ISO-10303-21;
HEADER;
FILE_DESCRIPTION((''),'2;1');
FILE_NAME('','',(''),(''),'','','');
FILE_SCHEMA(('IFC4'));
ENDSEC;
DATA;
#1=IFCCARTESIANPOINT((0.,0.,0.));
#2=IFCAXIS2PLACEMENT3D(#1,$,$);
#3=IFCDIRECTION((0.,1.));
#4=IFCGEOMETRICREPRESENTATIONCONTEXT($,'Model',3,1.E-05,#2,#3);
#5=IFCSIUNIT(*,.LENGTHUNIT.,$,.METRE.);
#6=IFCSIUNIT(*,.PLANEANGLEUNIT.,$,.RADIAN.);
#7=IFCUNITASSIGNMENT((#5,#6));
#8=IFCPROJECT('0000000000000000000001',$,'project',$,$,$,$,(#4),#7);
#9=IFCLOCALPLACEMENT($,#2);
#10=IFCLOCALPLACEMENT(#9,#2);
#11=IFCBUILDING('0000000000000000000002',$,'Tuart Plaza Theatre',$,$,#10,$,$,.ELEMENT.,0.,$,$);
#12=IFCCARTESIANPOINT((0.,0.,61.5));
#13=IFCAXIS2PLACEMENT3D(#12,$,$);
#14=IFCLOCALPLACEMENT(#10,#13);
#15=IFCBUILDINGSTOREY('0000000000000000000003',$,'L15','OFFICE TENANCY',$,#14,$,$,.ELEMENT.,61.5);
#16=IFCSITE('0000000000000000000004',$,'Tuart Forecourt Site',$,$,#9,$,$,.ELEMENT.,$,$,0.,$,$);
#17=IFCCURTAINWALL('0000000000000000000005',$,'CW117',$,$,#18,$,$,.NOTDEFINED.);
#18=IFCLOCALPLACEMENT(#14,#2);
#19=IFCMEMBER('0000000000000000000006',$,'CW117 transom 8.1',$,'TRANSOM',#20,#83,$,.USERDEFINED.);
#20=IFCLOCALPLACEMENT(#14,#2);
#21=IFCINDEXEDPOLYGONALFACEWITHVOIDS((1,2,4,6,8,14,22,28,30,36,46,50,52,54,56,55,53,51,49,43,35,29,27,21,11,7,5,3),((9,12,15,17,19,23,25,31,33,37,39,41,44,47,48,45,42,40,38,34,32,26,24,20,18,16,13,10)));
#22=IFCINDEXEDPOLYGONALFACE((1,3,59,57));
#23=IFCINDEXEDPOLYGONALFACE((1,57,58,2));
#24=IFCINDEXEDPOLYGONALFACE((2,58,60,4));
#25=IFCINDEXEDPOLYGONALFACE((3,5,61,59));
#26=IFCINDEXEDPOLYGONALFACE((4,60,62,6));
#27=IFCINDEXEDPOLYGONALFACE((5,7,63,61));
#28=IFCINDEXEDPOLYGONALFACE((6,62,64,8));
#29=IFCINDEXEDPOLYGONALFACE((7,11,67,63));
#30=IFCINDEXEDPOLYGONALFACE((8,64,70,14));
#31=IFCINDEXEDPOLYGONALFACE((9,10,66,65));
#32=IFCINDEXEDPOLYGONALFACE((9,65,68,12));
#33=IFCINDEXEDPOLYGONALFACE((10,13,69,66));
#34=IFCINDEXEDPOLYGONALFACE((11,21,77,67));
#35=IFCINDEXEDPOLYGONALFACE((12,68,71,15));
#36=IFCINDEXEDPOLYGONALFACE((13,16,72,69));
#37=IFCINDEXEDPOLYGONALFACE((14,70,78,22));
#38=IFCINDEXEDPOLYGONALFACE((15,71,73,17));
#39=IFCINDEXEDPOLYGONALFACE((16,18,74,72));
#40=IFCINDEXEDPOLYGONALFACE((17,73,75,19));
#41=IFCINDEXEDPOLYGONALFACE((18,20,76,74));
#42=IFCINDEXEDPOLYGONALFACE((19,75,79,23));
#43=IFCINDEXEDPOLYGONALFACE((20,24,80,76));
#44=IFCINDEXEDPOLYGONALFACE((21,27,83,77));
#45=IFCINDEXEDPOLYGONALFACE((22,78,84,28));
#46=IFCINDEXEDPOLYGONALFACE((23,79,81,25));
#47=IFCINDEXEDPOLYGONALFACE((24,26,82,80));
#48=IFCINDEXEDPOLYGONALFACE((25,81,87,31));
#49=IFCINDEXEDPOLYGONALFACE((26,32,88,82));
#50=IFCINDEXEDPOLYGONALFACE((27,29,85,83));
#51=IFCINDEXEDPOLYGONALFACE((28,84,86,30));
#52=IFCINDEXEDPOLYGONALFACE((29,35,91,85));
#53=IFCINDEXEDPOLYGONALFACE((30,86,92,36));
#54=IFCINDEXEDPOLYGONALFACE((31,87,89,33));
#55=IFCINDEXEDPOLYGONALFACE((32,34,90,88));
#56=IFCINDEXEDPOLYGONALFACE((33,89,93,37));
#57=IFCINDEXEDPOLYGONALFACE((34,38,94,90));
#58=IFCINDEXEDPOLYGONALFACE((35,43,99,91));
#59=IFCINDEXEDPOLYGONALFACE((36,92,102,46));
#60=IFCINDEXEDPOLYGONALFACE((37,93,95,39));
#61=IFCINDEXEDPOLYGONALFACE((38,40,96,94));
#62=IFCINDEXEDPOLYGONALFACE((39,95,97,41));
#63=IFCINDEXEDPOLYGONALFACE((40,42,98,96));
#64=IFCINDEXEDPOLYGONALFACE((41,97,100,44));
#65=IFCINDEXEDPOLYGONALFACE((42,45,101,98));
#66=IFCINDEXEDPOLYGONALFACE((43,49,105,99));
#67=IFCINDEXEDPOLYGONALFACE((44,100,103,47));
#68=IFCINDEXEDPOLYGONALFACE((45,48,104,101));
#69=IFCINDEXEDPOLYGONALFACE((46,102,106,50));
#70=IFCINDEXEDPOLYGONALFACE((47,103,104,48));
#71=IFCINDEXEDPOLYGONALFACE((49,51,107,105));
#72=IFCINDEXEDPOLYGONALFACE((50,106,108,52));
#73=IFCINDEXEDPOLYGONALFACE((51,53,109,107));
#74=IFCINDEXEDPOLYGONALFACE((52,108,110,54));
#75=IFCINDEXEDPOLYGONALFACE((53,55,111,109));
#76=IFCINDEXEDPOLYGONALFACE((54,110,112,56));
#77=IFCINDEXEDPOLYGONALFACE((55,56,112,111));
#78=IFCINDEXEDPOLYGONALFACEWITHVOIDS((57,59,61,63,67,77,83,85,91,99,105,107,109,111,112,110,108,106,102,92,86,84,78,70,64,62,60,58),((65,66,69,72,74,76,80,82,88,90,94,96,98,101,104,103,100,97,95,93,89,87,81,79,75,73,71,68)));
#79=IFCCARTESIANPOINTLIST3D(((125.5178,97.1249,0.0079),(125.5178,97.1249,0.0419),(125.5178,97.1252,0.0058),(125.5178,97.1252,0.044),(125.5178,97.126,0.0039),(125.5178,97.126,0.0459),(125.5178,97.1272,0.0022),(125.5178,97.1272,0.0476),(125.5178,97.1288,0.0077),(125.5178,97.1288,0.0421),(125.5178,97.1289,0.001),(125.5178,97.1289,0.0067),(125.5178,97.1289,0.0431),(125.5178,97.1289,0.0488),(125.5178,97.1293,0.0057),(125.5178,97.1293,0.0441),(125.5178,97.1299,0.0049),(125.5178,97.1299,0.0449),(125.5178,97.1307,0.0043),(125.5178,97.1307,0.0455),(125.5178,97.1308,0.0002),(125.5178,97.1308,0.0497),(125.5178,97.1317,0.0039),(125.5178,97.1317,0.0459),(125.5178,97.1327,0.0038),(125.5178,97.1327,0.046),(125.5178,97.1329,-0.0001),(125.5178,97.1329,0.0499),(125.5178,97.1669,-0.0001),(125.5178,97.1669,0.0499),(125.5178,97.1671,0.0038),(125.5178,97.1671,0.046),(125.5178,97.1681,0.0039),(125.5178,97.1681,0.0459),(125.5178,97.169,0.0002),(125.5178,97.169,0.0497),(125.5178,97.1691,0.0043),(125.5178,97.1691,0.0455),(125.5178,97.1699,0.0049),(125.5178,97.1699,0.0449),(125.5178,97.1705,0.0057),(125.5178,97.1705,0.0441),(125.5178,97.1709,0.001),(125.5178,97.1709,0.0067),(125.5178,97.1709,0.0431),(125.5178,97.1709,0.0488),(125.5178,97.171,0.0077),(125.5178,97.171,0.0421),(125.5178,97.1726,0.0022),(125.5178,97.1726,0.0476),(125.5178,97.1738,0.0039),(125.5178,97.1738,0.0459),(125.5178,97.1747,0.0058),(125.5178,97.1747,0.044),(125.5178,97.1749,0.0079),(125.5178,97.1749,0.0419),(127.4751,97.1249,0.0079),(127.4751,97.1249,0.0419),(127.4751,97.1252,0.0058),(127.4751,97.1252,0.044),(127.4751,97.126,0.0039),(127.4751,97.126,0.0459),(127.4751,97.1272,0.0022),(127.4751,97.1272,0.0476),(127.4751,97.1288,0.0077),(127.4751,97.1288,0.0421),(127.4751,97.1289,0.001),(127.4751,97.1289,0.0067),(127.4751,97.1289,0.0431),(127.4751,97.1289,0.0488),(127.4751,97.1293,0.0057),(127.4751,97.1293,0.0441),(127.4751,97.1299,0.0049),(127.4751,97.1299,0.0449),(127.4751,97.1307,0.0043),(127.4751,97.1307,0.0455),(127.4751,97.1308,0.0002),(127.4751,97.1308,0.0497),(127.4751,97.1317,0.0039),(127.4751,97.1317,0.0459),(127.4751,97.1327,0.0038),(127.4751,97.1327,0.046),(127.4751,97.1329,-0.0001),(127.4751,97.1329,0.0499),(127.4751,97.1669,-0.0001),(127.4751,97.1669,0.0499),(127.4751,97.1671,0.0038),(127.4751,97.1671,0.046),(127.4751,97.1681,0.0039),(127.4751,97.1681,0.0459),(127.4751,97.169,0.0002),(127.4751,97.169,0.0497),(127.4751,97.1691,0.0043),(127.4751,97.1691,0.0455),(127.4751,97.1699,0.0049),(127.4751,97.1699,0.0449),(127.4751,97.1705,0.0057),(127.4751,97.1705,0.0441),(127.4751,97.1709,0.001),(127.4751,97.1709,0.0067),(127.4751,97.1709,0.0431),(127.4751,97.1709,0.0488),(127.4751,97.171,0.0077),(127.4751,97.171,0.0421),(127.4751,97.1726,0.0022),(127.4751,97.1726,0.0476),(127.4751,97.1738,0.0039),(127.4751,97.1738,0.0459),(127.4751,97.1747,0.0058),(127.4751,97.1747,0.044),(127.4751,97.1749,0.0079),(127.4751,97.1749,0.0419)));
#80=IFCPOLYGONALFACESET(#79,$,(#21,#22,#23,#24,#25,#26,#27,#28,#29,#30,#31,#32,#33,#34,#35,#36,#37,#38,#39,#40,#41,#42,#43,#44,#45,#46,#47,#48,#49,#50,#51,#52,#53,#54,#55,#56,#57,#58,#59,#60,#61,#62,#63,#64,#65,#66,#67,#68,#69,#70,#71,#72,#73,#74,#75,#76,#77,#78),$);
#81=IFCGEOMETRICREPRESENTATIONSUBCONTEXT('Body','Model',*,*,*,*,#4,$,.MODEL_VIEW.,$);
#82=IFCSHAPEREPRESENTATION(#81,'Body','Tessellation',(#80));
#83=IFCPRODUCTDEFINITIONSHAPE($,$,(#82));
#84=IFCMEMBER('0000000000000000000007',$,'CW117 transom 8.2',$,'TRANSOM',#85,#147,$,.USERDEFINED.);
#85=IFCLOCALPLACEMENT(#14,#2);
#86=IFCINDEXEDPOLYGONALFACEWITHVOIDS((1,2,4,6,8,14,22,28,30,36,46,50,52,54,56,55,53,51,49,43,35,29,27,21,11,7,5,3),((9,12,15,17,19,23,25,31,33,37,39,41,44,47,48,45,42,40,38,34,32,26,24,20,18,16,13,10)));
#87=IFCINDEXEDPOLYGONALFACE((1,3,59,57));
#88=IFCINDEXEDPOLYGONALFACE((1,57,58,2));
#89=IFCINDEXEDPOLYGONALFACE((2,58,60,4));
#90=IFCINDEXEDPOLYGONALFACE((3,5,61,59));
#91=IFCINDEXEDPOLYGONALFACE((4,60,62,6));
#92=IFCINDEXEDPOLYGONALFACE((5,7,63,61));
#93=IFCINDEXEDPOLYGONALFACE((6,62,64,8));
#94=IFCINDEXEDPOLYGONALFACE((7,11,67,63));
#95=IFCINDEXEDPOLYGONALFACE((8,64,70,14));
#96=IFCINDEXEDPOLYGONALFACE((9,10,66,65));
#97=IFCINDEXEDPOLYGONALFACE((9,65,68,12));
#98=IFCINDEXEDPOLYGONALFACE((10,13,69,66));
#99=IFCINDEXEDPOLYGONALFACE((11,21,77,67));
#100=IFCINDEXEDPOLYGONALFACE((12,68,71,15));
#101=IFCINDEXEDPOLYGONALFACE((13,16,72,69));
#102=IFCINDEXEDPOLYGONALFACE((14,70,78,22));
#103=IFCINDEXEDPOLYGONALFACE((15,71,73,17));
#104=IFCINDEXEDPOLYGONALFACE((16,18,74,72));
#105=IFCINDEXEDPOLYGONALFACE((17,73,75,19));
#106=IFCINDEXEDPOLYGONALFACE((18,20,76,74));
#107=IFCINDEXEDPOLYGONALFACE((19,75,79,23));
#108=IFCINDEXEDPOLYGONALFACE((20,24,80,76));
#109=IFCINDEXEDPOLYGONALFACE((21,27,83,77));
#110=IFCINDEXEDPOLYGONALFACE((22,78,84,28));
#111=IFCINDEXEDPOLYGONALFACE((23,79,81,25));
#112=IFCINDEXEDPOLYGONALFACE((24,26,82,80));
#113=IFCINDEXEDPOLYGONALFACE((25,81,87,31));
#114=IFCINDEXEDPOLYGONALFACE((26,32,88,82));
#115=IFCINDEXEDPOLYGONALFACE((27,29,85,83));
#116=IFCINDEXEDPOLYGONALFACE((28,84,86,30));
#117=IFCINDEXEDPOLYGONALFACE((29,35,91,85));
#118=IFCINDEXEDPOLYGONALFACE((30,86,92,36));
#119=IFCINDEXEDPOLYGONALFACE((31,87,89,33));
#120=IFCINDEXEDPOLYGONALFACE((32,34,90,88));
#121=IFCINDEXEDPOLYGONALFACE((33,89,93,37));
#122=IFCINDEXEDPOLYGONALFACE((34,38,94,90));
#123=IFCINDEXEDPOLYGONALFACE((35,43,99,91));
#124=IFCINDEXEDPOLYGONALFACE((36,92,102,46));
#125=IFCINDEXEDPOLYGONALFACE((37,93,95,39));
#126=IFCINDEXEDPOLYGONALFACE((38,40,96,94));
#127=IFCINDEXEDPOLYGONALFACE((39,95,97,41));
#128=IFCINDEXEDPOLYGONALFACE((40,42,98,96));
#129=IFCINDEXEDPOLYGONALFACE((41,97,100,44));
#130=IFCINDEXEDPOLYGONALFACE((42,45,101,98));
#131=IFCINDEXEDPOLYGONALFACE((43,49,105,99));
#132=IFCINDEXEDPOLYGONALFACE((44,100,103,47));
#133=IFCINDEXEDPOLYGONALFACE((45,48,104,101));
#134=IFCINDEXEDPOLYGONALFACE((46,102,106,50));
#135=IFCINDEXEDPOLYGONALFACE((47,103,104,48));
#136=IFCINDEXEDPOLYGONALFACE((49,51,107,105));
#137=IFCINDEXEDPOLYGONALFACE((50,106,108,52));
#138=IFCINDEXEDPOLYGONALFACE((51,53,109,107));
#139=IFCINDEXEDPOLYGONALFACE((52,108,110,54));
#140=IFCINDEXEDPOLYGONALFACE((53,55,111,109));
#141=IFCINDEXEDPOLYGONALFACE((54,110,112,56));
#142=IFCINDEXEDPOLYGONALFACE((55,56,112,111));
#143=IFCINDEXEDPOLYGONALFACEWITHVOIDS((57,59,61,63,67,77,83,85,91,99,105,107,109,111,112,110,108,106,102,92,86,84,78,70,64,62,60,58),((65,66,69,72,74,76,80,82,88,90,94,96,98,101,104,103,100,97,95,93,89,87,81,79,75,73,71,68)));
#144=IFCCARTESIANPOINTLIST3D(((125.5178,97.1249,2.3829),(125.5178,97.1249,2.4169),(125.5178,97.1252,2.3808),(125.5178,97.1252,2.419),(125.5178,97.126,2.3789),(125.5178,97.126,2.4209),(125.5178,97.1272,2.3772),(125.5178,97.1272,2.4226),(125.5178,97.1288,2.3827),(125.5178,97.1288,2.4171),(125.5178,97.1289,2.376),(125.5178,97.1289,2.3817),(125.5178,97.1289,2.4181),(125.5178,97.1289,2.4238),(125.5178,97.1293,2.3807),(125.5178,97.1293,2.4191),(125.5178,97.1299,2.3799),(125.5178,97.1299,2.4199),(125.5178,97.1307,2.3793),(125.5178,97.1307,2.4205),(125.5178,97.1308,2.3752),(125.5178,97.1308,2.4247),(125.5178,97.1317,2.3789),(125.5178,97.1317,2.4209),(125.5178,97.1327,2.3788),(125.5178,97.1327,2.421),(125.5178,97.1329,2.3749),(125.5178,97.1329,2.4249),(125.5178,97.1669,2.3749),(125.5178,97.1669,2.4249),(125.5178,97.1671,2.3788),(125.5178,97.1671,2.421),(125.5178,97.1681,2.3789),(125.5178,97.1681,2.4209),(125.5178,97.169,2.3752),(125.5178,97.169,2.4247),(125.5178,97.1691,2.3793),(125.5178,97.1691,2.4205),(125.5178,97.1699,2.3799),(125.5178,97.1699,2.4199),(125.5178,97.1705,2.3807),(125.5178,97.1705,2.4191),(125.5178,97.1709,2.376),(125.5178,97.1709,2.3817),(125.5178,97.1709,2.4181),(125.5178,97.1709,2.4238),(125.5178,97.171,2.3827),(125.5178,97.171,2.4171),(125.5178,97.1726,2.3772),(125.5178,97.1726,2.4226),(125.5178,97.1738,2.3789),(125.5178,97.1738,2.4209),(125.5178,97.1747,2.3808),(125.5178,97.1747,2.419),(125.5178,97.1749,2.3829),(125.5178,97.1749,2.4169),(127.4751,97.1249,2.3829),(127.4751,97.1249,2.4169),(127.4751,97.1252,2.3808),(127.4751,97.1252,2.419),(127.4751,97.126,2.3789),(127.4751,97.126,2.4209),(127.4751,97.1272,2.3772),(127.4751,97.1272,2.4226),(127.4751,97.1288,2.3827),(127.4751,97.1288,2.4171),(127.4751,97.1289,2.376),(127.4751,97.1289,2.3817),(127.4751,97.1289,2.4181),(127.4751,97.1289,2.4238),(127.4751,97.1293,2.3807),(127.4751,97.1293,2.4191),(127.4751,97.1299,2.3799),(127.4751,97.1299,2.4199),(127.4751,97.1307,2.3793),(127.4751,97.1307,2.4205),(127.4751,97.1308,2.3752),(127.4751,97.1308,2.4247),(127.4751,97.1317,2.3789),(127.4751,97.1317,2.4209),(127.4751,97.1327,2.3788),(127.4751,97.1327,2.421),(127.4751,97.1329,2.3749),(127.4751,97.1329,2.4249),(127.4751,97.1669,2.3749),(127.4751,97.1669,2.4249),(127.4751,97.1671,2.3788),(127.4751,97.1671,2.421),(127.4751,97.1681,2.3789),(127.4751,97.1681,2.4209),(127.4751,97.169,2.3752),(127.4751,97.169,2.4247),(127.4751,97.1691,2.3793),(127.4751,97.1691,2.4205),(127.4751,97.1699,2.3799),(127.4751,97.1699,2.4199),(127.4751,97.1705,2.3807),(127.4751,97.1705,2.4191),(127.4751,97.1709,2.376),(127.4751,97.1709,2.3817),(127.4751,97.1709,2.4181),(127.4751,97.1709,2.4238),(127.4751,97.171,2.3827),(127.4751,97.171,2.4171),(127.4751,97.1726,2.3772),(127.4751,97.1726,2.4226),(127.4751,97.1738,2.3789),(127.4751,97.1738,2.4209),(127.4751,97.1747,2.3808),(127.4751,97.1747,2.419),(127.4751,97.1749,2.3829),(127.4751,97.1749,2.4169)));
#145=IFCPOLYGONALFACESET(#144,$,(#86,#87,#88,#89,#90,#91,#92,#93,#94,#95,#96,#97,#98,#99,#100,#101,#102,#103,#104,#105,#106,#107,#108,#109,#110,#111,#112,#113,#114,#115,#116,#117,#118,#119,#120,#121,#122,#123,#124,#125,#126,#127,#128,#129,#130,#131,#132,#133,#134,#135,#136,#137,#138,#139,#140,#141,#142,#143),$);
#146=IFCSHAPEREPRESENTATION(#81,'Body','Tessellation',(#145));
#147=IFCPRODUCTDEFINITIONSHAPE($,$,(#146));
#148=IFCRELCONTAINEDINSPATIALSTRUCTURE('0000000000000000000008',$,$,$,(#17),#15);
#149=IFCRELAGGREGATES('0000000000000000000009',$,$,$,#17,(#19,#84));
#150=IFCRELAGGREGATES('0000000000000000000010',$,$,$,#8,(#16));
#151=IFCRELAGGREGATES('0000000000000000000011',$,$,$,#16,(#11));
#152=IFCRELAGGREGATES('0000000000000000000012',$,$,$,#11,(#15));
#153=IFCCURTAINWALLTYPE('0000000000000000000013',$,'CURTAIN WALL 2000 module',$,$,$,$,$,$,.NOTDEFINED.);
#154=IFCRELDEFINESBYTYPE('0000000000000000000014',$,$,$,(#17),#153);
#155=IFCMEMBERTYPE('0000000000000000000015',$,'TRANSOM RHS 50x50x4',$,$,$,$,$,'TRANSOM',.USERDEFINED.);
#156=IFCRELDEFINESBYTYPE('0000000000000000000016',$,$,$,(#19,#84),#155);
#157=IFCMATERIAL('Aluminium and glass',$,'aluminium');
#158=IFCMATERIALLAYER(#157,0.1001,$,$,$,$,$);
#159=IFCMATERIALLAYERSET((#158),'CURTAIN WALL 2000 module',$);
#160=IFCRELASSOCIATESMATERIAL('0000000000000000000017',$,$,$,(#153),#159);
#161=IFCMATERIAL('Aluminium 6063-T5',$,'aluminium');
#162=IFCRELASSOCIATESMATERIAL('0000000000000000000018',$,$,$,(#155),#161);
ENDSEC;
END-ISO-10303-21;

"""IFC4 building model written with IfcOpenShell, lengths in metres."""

from ifc_helpers import new_model, si_unit, direction, frame, origin, origin_2d, place, context, subcontext, project, spatial, hollow_rectangle, extrude, material, layer, layer_set, material_profile, profile_set, type_object, element, aggregate, save


model = new_model("IFC4")

# Units and contexts
model_context = context("Model", 3, precision=1e-05, world=origin(), true_north=direction((0.0, 1.0)))
body_context = subcontext(model_context, "Body", "Model", "MODEL_VIEW")
ifc_project = project(units=[si_unit("LENGTHUNIT", "METRE"), si_unit("PLANEANGLEUNIT", "RADIAN")], contexts=[model_context])

# Site, building, storey
site_placement = place(None, origin())
site = spatial("IfcSite", under=ifc_project, at=site_placement, Name="Tuart Forecourt Site", CompositionType="ELEMENT", RefElevation=0.0)
building_placement = place(site_placement, origin())
building = spatial("IfcBuilding", under=site, at=building_placement, Name="Tuart Plaza Theatre", CompositionType="ELEMENT", ElevationOfRefHeight=0.0)
storey_placement = place(building_placement, frame((0.0, 0.0, 61.5)))
storey = spatial("IfcBuildingStorey", under=building, at=storey_placement, Name="L15", Description="OFFICE TENANCY", CompositionType="ELEMENT", Elevation=61.5)

# Curtain wall, members
ifc_material_1 = material(Name="Aluminium and glass", Category="aluminium")
ifc_layer_1 = layer(ifc_material_1, 0.1001)
ifc_layer_set_1 = layer_set([ifc_layer_1], Name="CURTAIN WALL 2000 module")
curtain_wall_type = type_object("IfcCurtainWallType", Name="CURTAIN WALL 2000 module", PredefinedType="NOTDEFINED", material=ifc_layer_set_1)
curtain_wall_placement = place(storey_placement, origin())
curtain_wall = element("IfcCurtainWall", 1, at=curtain_wall_placement, inside=storey, type_object=curtain_wall_type, Name="CW117", PredefinedType="NOTDEFINED")
ifc_material_2 = material(Name="Aluminium 6063-T5", Category="aluminium")
ifc_material_profile_1 = material_profile(ifc_material_2, hollow_rectangle(XDim=0.05, YDim=0.05, WallThickness=0.0039, InnerFilletRadius=0.0039, OuterFilletRadius=0.0081, at=origin_2d()), Name="RHS 50x50x4")
ifc_profile_set_1 = profile_set([ifc_material_profile_1], Name="Aluminium 6063-T5")
member_type_1 = type_object("IfcMemberType", Name="TRANSOM RHS 50x50x4", ElementType="TRANSOM", PredefinedType="USERDEFINED", material=ifc_profile_set_1)
member_1_placement = place(storey_placement, frame((127.4751, 97.1499, 0.0249), z_axis=(-1.0, 0.0, 0.0), x_axis=(0.0, -1.0, 0.0)))
member_1 = element("IfcMember", 2, at=member_1_placement, type_object=member_type_1, Name="CW117 transom 8.1", ObjectType="TRANSOM", PredefinedType="USERDEFINED", context=body_context, shape_type="SweptSolid", body=[
    extrude(hollow_rectangle(XDim=0.05, YDim=0.05, WallThickness=0.0039, InnerFilletRadius=0.0039, OuterFilletRadius=0.0081, at=origin_2d()), origin(), (0.0, 0.0, 1.0), 1.9573),
])
member_2_placement = place(storey_placement, frame((127.4751, 97.1499, 2.3999), z_axis=(-1.0, 0.0, 0.0), x_axis=(0.0, -1.0, 0.0)))
member_2 = element("IfcMember", 3, at=member_2_placement, type_object=member_type_1, Name="CW117 transom 8.2", ObjectType="TRANSOM", PredefinedType="USERDEFINED", context=body_context, shape_type="SweptSolid", body=[
    extrude(hollow_rectangle(XDim=0.05, YDim=0.05, WallThickness=0.0039, InnerFilletRadius=0.0039, OuterFilletRadius=0.0081, at=origin_2d()), origin(), (0.0, 0.0, 1.0), 1.9573),
])
aggregate(curtain_wall, [member_1, member_2])

save(model, "model.ifc")
